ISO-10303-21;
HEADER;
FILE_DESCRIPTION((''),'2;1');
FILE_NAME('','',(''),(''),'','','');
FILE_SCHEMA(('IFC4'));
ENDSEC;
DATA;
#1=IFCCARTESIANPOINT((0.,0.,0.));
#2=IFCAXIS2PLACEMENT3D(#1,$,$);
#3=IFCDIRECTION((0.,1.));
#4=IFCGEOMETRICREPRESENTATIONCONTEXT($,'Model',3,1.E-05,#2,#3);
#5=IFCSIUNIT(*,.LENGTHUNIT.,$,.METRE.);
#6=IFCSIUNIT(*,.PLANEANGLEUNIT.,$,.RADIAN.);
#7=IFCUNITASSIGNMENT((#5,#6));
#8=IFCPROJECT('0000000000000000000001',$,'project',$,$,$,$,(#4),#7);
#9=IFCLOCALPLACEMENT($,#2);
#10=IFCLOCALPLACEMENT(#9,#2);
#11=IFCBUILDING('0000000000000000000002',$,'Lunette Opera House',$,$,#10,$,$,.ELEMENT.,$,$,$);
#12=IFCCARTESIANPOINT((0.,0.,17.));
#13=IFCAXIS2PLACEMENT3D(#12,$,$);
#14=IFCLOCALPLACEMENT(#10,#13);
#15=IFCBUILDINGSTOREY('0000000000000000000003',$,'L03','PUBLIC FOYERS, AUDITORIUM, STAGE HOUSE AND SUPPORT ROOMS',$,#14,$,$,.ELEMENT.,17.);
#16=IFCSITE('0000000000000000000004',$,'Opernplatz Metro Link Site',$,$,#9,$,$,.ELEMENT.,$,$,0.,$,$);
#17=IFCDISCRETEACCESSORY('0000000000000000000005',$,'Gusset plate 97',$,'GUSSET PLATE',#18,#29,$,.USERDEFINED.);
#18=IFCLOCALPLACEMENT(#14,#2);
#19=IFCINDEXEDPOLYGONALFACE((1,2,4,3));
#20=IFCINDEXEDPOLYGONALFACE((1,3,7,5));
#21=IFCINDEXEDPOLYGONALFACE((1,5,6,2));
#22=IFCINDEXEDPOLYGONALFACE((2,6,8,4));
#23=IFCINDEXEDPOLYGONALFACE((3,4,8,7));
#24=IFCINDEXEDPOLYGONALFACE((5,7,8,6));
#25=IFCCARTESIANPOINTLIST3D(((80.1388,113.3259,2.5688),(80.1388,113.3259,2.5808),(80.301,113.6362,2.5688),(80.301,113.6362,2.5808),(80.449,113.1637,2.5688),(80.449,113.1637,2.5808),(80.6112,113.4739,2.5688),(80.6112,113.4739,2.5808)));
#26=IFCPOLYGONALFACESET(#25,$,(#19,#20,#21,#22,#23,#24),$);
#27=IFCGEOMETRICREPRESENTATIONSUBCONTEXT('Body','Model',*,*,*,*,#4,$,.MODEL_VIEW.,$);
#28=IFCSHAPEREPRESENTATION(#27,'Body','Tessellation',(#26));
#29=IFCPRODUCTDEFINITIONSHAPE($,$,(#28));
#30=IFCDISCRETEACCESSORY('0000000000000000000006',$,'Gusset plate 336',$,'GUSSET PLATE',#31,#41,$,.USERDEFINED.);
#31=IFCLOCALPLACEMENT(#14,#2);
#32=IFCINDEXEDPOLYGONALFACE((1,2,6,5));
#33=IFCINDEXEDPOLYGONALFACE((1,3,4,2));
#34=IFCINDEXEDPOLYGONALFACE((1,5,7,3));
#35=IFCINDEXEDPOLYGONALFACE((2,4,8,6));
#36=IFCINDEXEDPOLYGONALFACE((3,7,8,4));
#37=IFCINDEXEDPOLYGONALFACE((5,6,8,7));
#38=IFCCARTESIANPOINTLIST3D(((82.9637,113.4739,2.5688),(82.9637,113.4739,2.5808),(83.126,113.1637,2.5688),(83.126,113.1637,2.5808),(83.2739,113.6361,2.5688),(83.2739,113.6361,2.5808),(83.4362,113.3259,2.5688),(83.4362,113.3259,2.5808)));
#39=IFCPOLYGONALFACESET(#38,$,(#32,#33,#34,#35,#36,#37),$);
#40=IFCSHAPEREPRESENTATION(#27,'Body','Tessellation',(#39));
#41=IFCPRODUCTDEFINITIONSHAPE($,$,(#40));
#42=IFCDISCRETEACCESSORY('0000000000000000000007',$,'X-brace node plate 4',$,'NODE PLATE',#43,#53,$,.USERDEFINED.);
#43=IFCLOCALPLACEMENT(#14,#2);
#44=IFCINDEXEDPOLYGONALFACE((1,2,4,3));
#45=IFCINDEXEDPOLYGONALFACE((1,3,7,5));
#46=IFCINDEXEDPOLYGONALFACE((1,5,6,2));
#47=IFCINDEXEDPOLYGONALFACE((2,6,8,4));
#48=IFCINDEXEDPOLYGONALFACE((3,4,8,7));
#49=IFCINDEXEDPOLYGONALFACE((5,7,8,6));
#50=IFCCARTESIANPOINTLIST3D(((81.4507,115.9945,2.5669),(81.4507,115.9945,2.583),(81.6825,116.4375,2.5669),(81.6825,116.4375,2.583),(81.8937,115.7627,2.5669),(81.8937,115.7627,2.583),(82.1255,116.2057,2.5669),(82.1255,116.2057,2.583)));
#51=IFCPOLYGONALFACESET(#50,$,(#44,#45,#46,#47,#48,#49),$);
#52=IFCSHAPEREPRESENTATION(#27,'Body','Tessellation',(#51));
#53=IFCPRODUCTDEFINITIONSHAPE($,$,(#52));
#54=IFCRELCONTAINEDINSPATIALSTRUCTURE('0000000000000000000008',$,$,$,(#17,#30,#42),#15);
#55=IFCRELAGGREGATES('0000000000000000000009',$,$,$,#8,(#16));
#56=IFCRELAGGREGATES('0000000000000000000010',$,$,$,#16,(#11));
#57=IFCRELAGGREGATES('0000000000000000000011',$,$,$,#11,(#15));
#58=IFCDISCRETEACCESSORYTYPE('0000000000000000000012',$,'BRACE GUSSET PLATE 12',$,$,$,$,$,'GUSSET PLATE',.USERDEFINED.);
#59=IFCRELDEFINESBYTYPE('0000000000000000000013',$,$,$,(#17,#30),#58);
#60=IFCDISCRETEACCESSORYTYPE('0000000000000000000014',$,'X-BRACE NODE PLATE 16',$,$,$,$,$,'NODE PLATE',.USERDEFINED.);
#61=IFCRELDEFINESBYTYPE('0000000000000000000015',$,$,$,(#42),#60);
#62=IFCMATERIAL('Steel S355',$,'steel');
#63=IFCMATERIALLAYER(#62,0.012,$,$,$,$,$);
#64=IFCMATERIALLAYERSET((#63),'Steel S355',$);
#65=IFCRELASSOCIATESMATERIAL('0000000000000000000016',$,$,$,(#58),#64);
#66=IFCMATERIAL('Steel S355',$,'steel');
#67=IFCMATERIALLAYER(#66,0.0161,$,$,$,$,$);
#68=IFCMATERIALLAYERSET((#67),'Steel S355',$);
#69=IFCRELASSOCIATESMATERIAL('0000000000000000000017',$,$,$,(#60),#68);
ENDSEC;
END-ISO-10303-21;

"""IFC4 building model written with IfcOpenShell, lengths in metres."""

from ifc_helpers import new_model, si_unit, direction, frame, origin, origin_2d, place, context, subcontext, project, spatial, rectangle, extrude, material, layer, layer_set, type_object, element, save


model = new_model("IFC4")

# Units and contexts
model_context = context("Model", 3, precision=1e-05, world=origin(), true_north=direction((0.0, 1.0)))
body_context = subcontext(model_context, "Body", "Model", "MODEL_VIEW")
ifc_project = project(units=[si_unit("LENGTHUNIT", "METRE"), si_unit("PLANEANGLEUNIT", "RADIAN")], contexts=[model_context])

# Site, building, storey
site_placement = place(None, origin())
site = spatial("IfcSite", under=ifc_project, at=site_placement, Name="Opernplatz Metro Link Site", CompositionType="ELEMENT", RefElevation=0.0)
building_placement = place(site_placement, origin())
building = spatial("IfcBuilding", under=site, at=building_placement, Name="Lunette Opera House", CompositionType="ELEMENT")
storey_placement = place(building_placement, frame((0.0, 0.0, 17.0)))
storey = spatial("IfcBuildingStorey", under=building, at=storey_placement, Name="L03", Description="PUBLIC FOYERS, AUDITORIUM, STAGE HOUSE AND SUPPORT ROOMS", CompositionType="ELEMENT", Elevation=17.0)

# Discrete accessories
ifc_material_1 = material(Name="Steel S355", Category="steel")
ifc_layer_1 = layer(ifc_material_1, 0.012)
ifc_layer_set_1 = layer_set([ifc_layer_1], Name="Steel S355")
discrete_accessory_type_1 = type_object("IfcDiscreteAccessoryType", Name="BRACE GUSSET PLATE 12", ElementType="GUSSET PLATE", PredefinedType="USERDEFINED", material=ifc_layer_set_1)
for number, where, z_axis, x_axis, name in (
    (1, (80.375, 113.3999, 2.5688), (0.0, 0.0, 1.0), (0.463547, 0.886073, 0.0), "Gusset plate 97"),
    (2, (83.2, 113.3999, 2.5688), (0.0, 0.0, 1.0), (-0.463418, 0.88614, 0.0), "Gusset plate 336"),
):
    element("IfcDiscreteAccessory", number, at=place(storey_placement, frame(where, z_axis=z_axis, x_axis=x_axis)), inside=storey, type_object=discrete_accessory_type_1, Name=name, ObjectType="GUSSET PLATE", PredefinedType="USERDEFINED", context=body_context, shape_type="SweptSolid", body=[
        extrude(rectangle(XDim=0.3501, YDim=0.3501, at=origin_2d()), origin(), (0.0, 0.0, 1.0), 0.012),
    ])
ifc_material_2 = material(Name="Steel S355", Category="steel")
ifc_layer_2 = layer(ifc_material_2, 0.0161)
ifc_layer_set_2 = layer_set([ifc_layer_2], Name="Steel S355")
discrete_accessory_type_2 = type_object("IfcDiscreteAccessoryType", Name="X-BRACE NODE PLATE 16", ElementType="NODE PLATE", PredefinedType="USERDEFINED", material=ifc_layer_set_2)
discrete_accessory_placement = place(storey_placement, frame((81.7881, 116.1001, 2.5669), z_axis=(0.0, 0.0, 1.0), x_axis=(0.463547, 0.886073, 0.0)))
element("IfcDiscreteAccessory", 3, at=discrete_accessory_placement, inside=storey, type_object=discrete_accessory_type_2, Name="X-brace node plate 4", ObjectType="NODE PLATE", PredefinedType="USERDEFINED", context=body_context, shape_type="SweptSolid", body=[
    extrude(rectangle(XDim=0.5, YDim=0.5, at=origin_2d()), origin(), (0.0, 0.0, 1.0), 0.0161),
])

save(model, "model.ifc")
